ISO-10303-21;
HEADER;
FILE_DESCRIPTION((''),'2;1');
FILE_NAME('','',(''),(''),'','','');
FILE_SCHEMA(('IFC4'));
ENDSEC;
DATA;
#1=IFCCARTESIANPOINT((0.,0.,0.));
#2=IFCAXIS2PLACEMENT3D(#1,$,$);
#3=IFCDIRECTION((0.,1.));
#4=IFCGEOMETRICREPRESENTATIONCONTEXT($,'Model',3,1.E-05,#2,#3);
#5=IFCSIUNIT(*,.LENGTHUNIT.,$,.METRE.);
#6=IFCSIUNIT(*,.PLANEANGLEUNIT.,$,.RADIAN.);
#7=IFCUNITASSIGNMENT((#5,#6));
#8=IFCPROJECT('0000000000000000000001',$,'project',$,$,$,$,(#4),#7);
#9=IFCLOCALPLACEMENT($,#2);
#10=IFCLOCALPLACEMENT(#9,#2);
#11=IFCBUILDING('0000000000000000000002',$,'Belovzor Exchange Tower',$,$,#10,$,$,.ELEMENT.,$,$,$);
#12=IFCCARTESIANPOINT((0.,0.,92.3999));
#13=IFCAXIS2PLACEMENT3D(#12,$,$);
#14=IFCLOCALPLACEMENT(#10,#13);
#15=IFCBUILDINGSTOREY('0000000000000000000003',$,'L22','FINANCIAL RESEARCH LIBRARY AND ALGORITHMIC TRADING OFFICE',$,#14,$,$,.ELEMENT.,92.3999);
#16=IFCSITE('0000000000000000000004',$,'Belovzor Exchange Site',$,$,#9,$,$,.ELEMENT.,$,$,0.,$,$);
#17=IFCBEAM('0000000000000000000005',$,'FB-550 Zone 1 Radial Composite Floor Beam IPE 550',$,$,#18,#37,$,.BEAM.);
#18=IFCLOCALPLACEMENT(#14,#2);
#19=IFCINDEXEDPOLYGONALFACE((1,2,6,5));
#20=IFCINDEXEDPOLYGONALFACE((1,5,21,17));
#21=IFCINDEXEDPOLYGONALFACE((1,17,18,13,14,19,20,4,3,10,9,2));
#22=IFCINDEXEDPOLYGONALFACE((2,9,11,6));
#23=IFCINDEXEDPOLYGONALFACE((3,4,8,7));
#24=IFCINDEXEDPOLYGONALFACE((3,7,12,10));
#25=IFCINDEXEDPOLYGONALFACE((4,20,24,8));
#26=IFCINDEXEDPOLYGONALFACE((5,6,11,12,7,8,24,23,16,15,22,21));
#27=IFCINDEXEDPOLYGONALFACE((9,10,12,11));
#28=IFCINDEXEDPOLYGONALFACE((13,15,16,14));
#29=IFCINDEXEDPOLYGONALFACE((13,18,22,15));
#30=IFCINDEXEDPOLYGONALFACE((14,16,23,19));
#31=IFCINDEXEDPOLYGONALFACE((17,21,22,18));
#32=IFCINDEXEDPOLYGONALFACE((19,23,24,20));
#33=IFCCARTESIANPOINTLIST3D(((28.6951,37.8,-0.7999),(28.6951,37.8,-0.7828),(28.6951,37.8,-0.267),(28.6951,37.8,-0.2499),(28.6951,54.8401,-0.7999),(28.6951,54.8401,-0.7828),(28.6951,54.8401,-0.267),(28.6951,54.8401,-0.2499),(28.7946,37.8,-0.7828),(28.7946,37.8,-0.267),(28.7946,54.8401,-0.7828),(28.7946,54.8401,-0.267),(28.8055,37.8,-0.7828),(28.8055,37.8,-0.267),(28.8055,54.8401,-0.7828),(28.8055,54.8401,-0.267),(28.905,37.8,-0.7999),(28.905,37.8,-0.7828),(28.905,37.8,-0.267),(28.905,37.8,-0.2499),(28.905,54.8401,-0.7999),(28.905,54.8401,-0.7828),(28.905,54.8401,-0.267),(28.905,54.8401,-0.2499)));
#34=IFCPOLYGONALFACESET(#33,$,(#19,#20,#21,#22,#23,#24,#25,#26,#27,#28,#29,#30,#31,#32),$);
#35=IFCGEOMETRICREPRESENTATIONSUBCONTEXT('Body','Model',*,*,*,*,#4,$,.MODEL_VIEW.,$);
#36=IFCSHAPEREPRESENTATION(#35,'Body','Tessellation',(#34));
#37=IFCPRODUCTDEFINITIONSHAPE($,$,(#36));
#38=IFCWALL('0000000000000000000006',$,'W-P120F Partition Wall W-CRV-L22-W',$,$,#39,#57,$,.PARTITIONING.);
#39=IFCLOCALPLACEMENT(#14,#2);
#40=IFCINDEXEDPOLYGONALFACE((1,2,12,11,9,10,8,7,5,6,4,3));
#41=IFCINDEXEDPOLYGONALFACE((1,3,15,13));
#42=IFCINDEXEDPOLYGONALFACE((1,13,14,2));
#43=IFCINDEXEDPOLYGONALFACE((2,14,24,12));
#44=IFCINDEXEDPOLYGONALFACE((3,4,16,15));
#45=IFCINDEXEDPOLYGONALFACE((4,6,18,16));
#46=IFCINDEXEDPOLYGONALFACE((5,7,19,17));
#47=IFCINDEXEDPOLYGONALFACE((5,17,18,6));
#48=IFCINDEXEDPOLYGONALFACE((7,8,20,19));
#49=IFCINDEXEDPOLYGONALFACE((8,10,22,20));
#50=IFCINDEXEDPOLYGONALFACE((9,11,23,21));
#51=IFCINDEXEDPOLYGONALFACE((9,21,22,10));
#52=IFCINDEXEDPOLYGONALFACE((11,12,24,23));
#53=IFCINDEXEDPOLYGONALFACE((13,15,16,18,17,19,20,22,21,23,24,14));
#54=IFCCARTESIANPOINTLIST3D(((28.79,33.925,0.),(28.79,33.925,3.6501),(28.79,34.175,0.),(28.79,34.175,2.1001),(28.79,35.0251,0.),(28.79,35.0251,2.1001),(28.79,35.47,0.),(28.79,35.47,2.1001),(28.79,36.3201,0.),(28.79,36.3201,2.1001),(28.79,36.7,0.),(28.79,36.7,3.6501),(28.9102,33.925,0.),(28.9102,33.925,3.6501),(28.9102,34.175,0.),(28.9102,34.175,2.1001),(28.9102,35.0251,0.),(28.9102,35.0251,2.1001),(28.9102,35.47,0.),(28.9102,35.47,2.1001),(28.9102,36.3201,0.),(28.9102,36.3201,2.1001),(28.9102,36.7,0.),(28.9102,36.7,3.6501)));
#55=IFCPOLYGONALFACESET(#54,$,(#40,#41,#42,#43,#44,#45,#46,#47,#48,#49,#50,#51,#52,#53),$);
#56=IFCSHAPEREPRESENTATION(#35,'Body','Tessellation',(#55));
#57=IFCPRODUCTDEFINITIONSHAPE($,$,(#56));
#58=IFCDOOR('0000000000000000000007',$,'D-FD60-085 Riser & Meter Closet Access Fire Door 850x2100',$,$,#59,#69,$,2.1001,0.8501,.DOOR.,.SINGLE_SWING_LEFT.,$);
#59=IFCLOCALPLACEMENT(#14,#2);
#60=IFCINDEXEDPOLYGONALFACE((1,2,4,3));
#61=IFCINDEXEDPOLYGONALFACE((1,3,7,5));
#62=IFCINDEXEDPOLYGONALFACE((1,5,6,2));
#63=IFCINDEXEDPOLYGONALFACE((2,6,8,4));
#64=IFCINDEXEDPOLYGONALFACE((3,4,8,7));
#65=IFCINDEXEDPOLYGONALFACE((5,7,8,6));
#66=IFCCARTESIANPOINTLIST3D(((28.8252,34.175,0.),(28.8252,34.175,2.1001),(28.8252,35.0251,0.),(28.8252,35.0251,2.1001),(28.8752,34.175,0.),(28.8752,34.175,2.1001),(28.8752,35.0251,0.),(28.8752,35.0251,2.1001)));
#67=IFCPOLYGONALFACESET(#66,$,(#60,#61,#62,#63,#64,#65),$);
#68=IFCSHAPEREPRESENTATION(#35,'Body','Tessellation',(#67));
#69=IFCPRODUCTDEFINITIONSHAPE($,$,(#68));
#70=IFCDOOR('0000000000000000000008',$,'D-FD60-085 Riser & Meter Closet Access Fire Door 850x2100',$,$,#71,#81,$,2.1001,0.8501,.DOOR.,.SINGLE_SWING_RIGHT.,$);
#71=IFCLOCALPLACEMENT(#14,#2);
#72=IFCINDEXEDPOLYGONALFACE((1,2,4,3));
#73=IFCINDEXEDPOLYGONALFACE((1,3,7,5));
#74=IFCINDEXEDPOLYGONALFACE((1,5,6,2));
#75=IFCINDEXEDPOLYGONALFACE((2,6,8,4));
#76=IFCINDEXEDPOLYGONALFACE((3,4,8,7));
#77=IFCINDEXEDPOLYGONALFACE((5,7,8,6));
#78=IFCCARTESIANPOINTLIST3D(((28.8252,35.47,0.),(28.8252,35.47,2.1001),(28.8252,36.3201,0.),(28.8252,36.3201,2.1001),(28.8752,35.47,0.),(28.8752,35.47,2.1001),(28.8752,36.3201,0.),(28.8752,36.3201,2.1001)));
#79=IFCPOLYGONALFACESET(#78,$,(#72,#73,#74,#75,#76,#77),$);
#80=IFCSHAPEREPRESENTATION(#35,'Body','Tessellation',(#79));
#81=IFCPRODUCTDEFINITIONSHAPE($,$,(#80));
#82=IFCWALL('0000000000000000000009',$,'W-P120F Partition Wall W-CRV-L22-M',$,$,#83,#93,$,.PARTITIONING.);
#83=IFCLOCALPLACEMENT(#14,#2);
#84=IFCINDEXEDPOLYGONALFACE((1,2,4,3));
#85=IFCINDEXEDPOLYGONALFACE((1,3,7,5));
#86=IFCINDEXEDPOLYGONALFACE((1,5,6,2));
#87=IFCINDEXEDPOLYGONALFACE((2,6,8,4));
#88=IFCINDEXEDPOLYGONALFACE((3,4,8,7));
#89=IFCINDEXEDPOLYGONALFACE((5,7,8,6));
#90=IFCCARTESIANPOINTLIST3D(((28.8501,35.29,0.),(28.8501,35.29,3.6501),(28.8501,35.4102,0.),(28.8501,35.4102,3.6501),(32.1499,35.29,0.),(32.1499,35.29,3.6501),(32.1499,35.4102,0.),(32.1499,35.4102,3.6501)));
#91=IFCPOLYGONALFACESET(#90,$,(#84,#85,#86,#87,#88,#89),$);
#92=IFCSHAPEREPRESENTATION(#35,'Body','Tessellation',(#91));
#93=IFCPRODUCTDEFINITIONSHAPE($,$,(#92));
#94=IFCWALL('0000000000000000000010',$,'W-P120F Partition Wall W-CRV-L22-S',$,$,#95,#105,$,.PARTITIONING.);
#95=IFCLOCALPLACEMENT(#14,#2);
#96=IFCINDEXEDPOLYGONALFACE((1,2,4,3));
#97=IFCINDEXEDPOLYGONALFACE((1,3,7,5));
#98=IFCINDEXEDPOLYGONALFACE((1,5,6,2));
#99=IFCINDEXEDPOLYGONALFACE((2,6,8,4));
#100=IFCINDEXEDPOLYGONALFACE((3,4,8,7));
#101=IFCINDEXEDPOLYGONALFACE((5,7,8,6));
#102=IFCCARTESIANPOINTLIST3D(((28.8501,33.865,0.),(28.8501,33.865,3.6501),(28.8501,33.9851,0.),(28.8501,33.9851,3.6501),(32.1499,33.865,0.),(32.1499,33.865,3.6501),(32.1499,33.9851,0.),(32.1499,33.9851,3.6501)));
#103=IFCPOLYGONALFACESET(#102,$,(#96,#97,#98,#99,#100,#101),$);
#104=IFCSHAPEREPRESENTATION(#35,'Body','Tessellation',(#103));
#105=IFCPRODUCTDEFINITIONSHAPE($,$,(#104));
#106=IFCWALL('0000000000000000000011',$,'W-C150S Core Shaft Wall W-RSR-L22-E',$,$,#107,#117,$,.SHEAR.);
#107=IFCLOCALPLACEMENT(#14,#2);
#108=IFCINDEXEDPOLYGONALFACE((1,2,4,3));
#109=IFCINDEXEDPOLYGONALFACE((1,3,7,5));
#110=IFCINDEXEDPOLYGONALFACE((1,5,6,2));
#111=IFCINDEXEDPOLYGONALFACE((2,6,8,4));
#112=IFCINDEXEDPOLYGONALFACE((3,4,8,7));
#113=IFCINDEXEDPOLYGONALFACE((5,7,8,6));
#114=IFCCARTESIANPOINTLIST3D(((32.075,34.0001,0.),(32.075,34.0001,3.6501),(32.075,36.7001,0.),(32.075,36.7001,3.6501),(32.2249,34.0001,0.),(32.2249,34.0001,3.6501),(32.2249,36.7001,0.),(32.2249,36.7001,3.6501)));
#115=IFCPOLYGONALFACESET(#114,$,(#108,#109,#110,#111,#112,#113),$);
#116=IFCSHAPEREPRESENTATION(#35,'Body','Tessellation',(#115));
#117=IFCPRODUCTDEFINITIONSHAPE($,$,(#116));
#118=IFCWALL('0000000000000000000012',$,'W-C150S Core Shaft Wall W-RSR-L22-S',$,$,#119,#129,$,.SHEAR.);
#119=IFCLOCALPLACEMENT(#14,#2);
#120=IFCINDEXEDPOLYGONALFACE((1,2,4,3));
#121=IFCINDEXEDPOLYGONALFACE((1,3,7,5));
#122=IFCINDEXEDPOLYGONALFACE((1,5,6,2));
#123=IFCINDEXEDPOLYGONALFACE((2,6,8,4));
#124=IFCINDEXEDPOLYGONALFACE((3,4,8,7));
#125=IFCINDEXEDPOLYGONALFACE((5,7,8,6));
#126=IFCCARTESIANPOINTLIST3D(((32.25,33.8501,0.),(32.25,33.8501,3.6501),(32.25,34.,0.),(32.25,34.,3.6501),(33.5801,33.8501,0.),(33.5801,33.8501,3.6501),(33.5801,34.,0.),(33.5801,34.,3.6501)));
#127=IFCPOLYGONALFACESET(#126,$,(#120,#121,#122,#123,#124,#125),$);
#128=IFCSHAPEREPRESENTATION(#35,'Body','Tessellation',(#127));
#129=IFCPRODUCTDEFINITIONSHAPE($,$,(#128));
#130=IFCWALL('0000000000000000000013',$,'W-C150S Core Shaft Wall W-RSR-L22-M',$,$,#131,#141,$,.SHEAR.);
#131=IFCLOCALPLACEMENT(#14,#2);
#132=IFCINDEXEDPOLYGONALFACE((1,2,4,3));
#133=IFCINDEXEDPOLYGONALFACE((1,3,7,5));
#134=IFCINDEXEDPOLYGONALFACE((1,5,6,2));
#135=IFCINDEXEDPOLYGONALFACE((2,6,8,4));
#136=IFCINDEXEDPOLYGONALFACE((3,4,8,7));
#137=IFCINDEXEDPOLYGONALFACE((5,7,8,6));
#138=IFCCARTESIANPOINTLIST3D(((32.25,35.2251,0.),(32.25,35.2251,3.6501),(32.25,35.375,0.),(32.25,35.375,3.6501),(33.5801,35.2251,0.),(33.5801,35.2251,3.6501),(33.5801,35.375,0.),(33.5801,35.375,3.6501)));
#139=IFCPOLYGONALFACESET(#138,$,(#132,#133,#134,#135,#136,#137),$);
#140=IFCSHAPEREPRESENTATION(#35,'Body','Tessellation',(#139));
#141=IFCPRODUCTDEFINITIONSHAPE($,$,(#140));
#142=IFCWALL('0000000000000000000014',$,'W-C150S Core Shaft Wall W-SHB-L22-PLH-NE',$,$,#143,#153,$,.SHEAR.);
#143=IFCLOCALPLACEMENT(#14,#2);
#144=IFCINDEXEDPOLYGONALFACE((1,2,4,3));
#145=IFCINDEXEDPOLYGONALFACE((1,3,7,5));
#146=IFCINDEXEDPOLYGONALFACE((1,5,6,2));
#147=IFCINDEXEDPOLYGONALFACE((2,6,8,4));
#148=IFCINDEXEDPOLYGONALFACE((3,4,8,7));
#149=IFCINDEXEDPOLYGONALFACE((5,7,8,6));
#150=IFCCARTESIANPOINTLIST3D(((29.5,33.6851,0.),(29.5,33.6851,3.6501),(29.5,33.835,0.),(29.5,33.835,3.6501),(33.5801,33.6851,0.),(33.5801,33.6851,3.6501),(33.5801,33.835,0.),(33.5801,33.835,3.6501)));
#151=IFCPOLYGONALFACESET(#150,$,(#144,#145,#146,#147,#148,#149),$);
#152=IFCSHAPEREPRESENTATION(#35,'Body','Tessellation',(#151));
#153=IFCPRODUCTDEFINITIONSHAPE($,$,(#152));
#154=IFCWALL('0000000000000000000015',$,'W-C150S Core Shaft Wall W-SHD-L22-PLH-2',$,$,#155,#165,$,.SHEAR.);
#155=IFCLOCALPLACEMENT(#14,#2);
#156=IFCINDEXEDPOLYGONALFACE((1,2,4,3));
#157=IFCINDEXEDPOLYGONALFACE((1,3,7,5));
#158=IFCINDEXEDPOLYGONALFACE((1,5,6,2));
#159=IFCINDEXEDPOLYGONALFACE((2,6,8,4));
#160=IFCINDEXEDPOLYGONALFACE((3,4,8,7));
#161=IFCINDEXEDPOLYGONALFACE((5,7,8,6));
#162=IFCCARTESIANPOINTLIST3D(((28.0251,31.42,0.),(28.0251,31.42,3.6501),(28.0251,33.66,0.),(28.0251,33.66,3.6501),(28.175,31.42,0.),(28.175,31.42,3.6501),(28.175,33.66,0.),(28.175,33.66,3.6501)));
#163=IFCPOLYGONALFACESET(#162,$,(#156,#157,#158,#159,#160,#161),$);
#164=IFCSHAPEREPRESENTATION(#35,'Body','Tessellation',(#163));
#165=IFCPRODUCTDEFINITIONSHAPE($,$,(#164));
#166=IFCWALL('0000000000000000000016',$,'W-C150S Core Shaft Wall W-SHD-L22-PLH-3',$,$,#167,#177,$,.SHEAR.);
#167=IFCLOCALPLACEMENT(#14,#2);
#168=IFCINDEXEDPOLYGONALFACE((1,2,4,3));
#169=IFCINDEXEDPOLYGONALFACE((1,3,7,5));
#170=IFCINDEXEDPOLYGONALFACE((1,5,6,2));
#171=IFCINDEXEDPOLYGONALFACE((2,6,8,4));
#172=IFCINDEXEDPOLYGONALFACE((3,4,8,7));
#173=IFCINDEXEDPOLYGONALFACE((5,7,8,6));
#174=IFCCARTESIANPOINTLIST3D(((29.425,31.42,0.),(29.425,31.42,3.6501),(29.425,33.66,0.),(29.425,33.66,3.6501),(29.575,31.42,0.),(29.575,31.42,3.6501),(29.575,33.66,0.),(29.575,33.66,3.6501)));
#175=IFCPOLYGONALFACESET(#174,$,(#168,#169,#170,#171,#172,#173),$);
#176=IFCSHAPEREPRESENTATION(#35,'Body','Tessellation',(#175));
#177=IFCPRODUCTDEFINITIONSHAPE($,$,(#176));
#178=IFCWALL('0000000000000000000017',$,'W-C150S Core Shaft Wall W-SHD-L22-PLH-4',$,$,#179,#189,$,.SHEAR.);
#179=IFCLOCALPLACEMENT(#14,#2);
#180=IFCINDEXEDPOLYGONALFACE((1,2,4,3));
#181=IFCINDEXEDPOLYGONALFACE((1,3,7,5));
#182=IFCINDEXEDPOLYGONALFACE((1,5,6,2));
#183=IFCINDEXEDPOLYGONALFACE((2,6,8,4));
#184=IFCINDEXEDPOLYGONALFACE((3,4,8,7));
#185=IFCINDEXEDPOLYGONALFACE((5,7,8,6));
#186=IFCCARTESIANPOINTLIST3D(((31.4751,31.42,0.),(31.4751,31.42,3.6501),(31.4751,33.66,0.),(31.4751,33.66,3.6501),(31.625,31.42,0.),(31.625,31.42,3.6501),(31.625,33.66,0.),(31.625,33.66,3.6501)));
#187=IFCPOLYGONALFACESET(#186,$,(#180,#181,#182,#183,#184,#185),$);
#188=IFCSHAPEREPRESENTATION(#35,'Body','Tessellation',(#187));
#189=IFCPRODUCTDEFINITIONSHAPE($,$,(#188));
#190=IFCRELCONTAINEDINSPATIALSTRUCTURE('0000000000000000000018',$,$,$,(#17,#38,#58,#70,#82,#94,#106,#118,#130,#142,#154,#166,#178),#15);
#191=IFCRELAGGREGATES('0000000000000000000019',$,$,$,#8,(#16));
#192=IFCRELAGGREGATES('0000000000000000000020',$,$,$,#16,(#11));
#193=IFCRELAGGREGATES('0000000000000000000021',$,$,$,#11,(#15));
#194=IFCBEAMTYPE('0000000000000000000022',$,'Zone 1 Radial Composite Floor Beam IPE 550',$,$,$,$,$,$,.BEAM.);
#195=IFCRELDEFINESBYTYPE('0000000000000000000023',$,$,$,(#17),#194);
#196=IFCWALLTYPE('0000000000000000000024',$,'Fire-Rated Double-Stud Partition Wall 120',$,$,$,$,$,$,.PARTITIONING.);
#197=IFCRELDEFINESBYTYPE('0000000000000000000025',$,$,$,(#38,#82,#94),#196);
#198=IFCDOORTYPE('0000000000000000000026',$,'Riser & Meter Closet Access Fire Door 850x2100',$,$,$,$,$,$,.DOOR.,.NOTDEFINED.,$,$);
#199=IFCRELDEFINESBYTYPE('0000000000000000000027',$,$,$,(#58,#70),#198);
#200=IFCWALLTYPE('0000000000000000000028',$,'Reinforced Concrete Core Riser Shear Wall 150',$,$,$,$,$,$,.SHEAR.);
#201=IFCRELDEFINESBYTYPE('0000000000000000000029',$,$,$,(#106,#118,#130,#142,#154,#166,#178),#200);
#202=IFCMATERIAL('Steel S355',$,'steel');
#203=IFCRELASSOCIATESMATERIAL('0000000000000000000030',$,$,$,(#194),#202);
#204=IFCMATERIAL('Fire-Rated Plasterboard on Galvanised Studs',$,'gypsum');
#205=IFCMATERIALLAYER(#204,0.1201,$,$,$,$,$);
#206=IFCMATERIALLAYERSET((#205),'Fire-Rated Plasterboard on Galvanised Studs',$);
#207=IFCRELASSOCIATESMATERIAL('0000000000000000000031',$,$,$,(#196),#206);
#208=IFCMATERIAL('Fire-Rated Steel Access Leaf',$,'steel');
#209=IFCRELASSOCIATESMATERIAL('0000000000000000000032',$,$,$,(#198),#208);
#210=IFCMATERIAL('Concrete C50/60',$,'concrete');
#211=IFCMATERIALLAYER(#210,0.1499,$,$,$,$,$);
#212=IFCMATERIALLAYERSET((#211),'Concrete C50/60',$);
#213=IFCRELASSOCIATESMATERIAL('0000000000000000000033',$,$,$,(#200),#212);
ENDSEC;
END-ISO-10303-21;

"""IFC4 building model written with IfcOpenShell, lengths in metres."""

from ifc_helpers import new_model, si_unit, direction, frame, frame_2d, origin, origin_2d, place, context, subcontext, project, spatial, rectangle, i_section, extrude, material, layer, layer_set, material_profile, profile_set, type_object, element, fill, save


model = new_model("IFC4")

# Units and contexts
model_context = context("Model", 3, precision=1e-05, world=origin(), true_north=direction((0.0, 1.0)))
body_context = subcontext(model_context, "Body", "Model", "MODEL_VIEW")
ifc_project = project(units=[si_unit("LENGTHUNIT", "METRE"), si_unit("PLANEANGLEUNIT", "RADIAN")], contexts=[model_context])

# Site, building, storey
site_placement = place(None, origin())
site = spatial("IfcSite", under=ifc_project, at=site_placement, Name="Belovzor Exchange Site", CompositionType="ELEMENT", RefElevation=0.0)
building_placement = place(site_placement, origin())
building = spatial("IfcBuilding", under=site, at=building_placement, Name="Belovzor Exchange Tower", CompositionType="ELEMENT")
storey_placement = place(building_placement, frame((0.0, 0.0, 92.3999)))
storey = spatial("IfcBuildingStorey", under=building, at=storey_placement, Name="L22", Description="FINANCIAL RESEARCH LIBRARY AND ALGORITHMIC TRADING OFFICE", CompositionType="ELEMENT", Elevation=92.3999)

# Beam
ifc_material_1 = material(Name="Steel S355", Category="steel")
ifc_material_profile = material_profile(ifc_material_1, i_section(OverallWidth=0.21, OverallDepth=0.55, WebThickness=0.011, FlangeThickness=0.0171, at=origin_2d()))
ifc_profile_set = profile_set([ifc_material_profile], Name="Steel S355")
beam_type = type_object("IfcBeamType", Name="Zone 1 Radial Composite Floor Beam IPE 550", PredefinedType="BEAM", material=ifc_profile_set)
beam_placement = place(storey_placement, frame((28.8, 37.8, -0.5249), z_axis=(0.0, 1.0, 0.0), x_axis=(-1.0, 0.0, 0.0)))
element("IfcBeam", 1, at=beam_placement, inside=storey, type_object=beam_type, Name="FB-550 Zone 1 Radial Composite Floor Beam IPE 550", PredefinedType="BEAM", context=body_context, shape_type="SweptSolid", body=[
    extrude(i_section(OverallWidth=0.21, OverallDepth=0.55, WebThickness=0.011, FlangeThickness=0.0171, at=origin_2d()), origin(), (0.0, 0.0, 1.0), 17.04),
])

# Wall, openings, doors
ifc_material_2 = material(Name="Fire-Rated Plasterboard on Galvanised Studs", Category="gypsum")
ifc_layer_1 = layer(ifc_material_2, 0.1201)
ifc_layer_set_1 = layer_set([ifc_layer_1], Name="Fire-Rated Plasterboard on Galvanised Studs")
wall_type_1 = type_object("IfcWallType", Name="Fire-Rated Double-Stud Partition Wall 120", PredefinedType="PARTITIONING", material=ifc_layer_set_1)
wall_1_placement = place(storey_placement, frame((28.8501, 33.925, 0.0), z_axis=(0.0, 0.0, 1.0), x_axis=(0.0, 1.0, 0.0)))
wall_1 = element("IfcWall", 2, at=wall_1_placement, inside=storey, type_object=wall_type_1, Name="W-P120F Partition Wall W-CRV-L22-W", PredefinedType="PARTITIONING", context=body_context, shape_type="SweptSolid", body=[
    extrude(rectangle(XDim=2.7749, YDim=0.1201, at=frame_2d((1.3875, 0.0))), origin(), (0.0, 0.0, 1.0), 3.6501),
])
opening_1_placement = place(wall_1_placement, frame((0.25, 0.0, 0.0)))
opening_1 = element("IfcOpeningElement", 3, at=opening_1_placement, cuts=wall_1, PredefinedType="OPENING", context=body_context, shape_type="SweptSolid", body=[
    extrude(rectangle(XDim=0.8501, YDim=2.1001, at=frame_2d((0.425, 1.05))), frame((0.0, 0.0701, 0.0), z_axis=(0.0, -1.0, 0.0), x_axis=(1.0, 0.0, 0.0)), (0.0, 0.0, 1.0), 0.1401),
])
opening_2_placement = place(wall_1_placement, frame((1.5449, 0.0, 0.0)))
opening_2 = element("IfcOpeningElement", 4, at=opening_2_placement, cuts=wall_1, PredefinedType="OPENING", context=body_context, shape_type="SweptSolid", body=[
    extrude(rectangle(XDim=0.8501, YDim=2.1001, at=frame_2d((0.425, 1.05))), frame((0.0, 0.0701, 0.0), z_axis=(0.0, -1.0, 0.0), x_axis=(1.0, 0.0, 0.0)), (0.0, 0.0, 1.0), 0.1401),
])
ifc_material_3 = material(Name="Fire-Rated Steel Access Leaf", Category="steel")
door_type = type_object("IfcDoorType", Name="Riser & Meter Closet Access Fire Door 850x2100", OperationType="NOTDEFINED", PredefinedType="DOOR", material=ifc_material_3)
door_1_placement = place(opening_1_placement, origin())
door_1 = element("IfcDoor", 5, at=door_1_placement, inside=storey, type_object=door_type, Name="D-FD60-085 Riser & Meter Closet Access Fire Door 850x2100", OperationType="SINGLE_SWING_LEFT", OverallHeight=2.1001, OverallWidth=0.8501, PredefinedType="DOOR", context=body_context, shape_type="SweptSolid", body=[
    extrude(rectangle(XDim=0.8501, YDim=2.1001, at=frame_2d((0.425, 1.05))), frame((0.0, 0.0249, 0.0), z_axis=(0.0, -1.0, 0.0), x_axis=(1.0, 0.0, 0.0)), (0.0, 0.0, 1.0), 0.05),
])
fill(opening_1, door_1)
door_2_placement = place(opening_2_placement, origin())
door_2 = element("IfcDoor", 6, at=door_2_placement, inside=storey, type_object=door_type, Name="D-FD60-085 Riser & Meter Closet Access Fire Door 850x2100", OperationType="SINGLE_SWING_RIGHT", OverallHeight=2.1001, OverallWidth=0.8501, PredefinedType="DOOR", context=body_context, shape_type="SweptSolid", body=[
    extrude(rectangle(XDim=0.8501, YDim=2.1001, at=frame_2d((0.425, 1.05))), frame((0.0, 0.0249, 0.0), z_axis=(0.0, -1.0, 0.0), x_axis=(1.0, 0.0, 0.0)), (0.0, 0.0, 1.0), 0.05),
])
fill(opening_2, door_2)

# Walls
for number, where, z_axis, x_axis, name in (
    (7, (28.8501, 35.3501, 0.0), (0.0, 0.0, 1.0), (1.0, 0.0, 0.0), "W-P120F Partition Wall W-CRV-L22-M"),
    (8, (28.8501, 33.925, 0.0), (0.0, 0.0, 1.0), (1.0, 0.0, 0.0), "W-P120F Partition Wall W-CRV-L22-S"),
):
    element("IfcWall", number, at=place(storey_placement, frame(where, z_axis=z_axis, x_axis=x_axis)), inside=storey, type_object=wall_type_1, Name=name, PredefinedType="PARTITIONING", context=body_context, shape_type="SweptSolid", body=[
        extrude(rectangle(XDim=3.2998, YDim=0.1201, at=frame_2d((1.6499, 0.0))), origin(), (0.0, 0.0, 1.0), 3.6501),
    ])
ifc_material_4 = material(Name="Concrete C50/60", Category="concrete")
ifc_layer_2 = layer(ifc_material_4, 0.1499)
ifc_layer_set_2 = layer_set([ifc_layer_2], Name="Concrete C50/60")
wall_type_2 = type_object("IfcWallType", Name="Reinforced Concrete Core Riser Shear Wall 150", PredefinedType="SHEAR", material=ifc_layer_set_2)
wall_2_placement = place(storey_placement, frame((32.1499, 34.0, 0.0), z_axis=(0.0, 0.0, 1.0), x_axis=(0.0, 1.0, 0.0)))
element("IfcWall", 9, at=wall_2_placement, inside=storey, type_object=wall_type_2, Name="W-C150S Core Shaft Wall W-RSR-L22-E", PredefinedType="SHEAR", context=body_context, shape_type="SweptSolid", body=[
    extrude(rectangle(XDim=2.7, YDim=0.1499, at=frame_2d((1.3501, 0.0))), origin(), (0.0, 0.0, 1.0), 3.6501),
])
for number, where, z_axis, x_axis, name in (
    (10, (32.25, 33.925, 0.0), (0.0, 0.0, 1.0), (1.0, 0.0, 0.0), "W-C150S Core Shaft Wall W-RSR-L22-S"),
    (11, (32.25, 35.3, 0.0), (0.0, 0.0, 1.0), (1.0, 0.0, 0.0), "W-C150S Core Shaft Wall W-RSR-L22-M"),
):
    element("IfcWall", number, at=place(storey_placement, frame(where, z_axis=z_axis, x_axis=x_axis)), inside=storey, type_object=wall_type_2, Name=name, PredefinedType="SHEAR", context=body_context, shape_type="SweptSolid", body=[
        extrude(rectangle(XDim=1.3301, YDim=0.1499, at=frame_2d((0.665, 0.0))), origin(), (0.0, 0.0, 1.0), 3.6501),
    ])
wall_3_placement = place(storey_placement, frame((29.5, 33.76, 0.0), z_axis=(0.0, 0.0, 1.0), x_axis=(1.0, 0.0, 0.0)))
element("IfcWall", 12, at=wall_3_placement, inside=storey, type_object=wall_type_2, Name="W-C150S Core Shaft Wall W-SHB-L22-PLH-NE", PredefinedType="SHEAR", context=body_context, shape_type="SweptSolid", body=[
    extrude(rectangle(XDim=4.0801, YDim=0.1499, at=frame_2d((2.04, 0.0))), origin(), (0.0, 0.0, 1.0), 3.6501),
])
for number, where, z_axis, x_axis, name in (
    (13, (28.1001, 31.4199, 0.0), (0.0, 0.0, 1.0), (0.0, 1.0, 0.0), "W-C150S Core Shaft Wall W-SHD-L22-PLH-2"),
    (14, (29.5, 31.4199, 0.0), (0.0, 0.0, 1.0), (0.0, 1.0, 0.0), "W-C150S Core Shaft Wall W-SHD-L22-PLH-3"),
    (15, (31.55, 31.4199, 0.0), (0.0, 0.0, 1.0), (0.0, 1.0, 0.0), "W-C150S Core Shaft Wall W-SHD-L22-PLH-4"),
):
    element("IfcWall", number, at=place(storey_placement, frame(where, z_axis=z_axis, x_axis=x_axis)), inside=storey, type_object=wall_type_2, Name=name, PredefinedType="SHEAR", context=body_context, shape_type="SweptSolid", body=[
        extrude(rectangle(XDim=2.24, YDim=0.1499, at=frame_2d((1.1201, 0.0))), origin(), (0.0, 0.0, 1.0), 3.6501),
    ])

save(model, "model.ifc")
